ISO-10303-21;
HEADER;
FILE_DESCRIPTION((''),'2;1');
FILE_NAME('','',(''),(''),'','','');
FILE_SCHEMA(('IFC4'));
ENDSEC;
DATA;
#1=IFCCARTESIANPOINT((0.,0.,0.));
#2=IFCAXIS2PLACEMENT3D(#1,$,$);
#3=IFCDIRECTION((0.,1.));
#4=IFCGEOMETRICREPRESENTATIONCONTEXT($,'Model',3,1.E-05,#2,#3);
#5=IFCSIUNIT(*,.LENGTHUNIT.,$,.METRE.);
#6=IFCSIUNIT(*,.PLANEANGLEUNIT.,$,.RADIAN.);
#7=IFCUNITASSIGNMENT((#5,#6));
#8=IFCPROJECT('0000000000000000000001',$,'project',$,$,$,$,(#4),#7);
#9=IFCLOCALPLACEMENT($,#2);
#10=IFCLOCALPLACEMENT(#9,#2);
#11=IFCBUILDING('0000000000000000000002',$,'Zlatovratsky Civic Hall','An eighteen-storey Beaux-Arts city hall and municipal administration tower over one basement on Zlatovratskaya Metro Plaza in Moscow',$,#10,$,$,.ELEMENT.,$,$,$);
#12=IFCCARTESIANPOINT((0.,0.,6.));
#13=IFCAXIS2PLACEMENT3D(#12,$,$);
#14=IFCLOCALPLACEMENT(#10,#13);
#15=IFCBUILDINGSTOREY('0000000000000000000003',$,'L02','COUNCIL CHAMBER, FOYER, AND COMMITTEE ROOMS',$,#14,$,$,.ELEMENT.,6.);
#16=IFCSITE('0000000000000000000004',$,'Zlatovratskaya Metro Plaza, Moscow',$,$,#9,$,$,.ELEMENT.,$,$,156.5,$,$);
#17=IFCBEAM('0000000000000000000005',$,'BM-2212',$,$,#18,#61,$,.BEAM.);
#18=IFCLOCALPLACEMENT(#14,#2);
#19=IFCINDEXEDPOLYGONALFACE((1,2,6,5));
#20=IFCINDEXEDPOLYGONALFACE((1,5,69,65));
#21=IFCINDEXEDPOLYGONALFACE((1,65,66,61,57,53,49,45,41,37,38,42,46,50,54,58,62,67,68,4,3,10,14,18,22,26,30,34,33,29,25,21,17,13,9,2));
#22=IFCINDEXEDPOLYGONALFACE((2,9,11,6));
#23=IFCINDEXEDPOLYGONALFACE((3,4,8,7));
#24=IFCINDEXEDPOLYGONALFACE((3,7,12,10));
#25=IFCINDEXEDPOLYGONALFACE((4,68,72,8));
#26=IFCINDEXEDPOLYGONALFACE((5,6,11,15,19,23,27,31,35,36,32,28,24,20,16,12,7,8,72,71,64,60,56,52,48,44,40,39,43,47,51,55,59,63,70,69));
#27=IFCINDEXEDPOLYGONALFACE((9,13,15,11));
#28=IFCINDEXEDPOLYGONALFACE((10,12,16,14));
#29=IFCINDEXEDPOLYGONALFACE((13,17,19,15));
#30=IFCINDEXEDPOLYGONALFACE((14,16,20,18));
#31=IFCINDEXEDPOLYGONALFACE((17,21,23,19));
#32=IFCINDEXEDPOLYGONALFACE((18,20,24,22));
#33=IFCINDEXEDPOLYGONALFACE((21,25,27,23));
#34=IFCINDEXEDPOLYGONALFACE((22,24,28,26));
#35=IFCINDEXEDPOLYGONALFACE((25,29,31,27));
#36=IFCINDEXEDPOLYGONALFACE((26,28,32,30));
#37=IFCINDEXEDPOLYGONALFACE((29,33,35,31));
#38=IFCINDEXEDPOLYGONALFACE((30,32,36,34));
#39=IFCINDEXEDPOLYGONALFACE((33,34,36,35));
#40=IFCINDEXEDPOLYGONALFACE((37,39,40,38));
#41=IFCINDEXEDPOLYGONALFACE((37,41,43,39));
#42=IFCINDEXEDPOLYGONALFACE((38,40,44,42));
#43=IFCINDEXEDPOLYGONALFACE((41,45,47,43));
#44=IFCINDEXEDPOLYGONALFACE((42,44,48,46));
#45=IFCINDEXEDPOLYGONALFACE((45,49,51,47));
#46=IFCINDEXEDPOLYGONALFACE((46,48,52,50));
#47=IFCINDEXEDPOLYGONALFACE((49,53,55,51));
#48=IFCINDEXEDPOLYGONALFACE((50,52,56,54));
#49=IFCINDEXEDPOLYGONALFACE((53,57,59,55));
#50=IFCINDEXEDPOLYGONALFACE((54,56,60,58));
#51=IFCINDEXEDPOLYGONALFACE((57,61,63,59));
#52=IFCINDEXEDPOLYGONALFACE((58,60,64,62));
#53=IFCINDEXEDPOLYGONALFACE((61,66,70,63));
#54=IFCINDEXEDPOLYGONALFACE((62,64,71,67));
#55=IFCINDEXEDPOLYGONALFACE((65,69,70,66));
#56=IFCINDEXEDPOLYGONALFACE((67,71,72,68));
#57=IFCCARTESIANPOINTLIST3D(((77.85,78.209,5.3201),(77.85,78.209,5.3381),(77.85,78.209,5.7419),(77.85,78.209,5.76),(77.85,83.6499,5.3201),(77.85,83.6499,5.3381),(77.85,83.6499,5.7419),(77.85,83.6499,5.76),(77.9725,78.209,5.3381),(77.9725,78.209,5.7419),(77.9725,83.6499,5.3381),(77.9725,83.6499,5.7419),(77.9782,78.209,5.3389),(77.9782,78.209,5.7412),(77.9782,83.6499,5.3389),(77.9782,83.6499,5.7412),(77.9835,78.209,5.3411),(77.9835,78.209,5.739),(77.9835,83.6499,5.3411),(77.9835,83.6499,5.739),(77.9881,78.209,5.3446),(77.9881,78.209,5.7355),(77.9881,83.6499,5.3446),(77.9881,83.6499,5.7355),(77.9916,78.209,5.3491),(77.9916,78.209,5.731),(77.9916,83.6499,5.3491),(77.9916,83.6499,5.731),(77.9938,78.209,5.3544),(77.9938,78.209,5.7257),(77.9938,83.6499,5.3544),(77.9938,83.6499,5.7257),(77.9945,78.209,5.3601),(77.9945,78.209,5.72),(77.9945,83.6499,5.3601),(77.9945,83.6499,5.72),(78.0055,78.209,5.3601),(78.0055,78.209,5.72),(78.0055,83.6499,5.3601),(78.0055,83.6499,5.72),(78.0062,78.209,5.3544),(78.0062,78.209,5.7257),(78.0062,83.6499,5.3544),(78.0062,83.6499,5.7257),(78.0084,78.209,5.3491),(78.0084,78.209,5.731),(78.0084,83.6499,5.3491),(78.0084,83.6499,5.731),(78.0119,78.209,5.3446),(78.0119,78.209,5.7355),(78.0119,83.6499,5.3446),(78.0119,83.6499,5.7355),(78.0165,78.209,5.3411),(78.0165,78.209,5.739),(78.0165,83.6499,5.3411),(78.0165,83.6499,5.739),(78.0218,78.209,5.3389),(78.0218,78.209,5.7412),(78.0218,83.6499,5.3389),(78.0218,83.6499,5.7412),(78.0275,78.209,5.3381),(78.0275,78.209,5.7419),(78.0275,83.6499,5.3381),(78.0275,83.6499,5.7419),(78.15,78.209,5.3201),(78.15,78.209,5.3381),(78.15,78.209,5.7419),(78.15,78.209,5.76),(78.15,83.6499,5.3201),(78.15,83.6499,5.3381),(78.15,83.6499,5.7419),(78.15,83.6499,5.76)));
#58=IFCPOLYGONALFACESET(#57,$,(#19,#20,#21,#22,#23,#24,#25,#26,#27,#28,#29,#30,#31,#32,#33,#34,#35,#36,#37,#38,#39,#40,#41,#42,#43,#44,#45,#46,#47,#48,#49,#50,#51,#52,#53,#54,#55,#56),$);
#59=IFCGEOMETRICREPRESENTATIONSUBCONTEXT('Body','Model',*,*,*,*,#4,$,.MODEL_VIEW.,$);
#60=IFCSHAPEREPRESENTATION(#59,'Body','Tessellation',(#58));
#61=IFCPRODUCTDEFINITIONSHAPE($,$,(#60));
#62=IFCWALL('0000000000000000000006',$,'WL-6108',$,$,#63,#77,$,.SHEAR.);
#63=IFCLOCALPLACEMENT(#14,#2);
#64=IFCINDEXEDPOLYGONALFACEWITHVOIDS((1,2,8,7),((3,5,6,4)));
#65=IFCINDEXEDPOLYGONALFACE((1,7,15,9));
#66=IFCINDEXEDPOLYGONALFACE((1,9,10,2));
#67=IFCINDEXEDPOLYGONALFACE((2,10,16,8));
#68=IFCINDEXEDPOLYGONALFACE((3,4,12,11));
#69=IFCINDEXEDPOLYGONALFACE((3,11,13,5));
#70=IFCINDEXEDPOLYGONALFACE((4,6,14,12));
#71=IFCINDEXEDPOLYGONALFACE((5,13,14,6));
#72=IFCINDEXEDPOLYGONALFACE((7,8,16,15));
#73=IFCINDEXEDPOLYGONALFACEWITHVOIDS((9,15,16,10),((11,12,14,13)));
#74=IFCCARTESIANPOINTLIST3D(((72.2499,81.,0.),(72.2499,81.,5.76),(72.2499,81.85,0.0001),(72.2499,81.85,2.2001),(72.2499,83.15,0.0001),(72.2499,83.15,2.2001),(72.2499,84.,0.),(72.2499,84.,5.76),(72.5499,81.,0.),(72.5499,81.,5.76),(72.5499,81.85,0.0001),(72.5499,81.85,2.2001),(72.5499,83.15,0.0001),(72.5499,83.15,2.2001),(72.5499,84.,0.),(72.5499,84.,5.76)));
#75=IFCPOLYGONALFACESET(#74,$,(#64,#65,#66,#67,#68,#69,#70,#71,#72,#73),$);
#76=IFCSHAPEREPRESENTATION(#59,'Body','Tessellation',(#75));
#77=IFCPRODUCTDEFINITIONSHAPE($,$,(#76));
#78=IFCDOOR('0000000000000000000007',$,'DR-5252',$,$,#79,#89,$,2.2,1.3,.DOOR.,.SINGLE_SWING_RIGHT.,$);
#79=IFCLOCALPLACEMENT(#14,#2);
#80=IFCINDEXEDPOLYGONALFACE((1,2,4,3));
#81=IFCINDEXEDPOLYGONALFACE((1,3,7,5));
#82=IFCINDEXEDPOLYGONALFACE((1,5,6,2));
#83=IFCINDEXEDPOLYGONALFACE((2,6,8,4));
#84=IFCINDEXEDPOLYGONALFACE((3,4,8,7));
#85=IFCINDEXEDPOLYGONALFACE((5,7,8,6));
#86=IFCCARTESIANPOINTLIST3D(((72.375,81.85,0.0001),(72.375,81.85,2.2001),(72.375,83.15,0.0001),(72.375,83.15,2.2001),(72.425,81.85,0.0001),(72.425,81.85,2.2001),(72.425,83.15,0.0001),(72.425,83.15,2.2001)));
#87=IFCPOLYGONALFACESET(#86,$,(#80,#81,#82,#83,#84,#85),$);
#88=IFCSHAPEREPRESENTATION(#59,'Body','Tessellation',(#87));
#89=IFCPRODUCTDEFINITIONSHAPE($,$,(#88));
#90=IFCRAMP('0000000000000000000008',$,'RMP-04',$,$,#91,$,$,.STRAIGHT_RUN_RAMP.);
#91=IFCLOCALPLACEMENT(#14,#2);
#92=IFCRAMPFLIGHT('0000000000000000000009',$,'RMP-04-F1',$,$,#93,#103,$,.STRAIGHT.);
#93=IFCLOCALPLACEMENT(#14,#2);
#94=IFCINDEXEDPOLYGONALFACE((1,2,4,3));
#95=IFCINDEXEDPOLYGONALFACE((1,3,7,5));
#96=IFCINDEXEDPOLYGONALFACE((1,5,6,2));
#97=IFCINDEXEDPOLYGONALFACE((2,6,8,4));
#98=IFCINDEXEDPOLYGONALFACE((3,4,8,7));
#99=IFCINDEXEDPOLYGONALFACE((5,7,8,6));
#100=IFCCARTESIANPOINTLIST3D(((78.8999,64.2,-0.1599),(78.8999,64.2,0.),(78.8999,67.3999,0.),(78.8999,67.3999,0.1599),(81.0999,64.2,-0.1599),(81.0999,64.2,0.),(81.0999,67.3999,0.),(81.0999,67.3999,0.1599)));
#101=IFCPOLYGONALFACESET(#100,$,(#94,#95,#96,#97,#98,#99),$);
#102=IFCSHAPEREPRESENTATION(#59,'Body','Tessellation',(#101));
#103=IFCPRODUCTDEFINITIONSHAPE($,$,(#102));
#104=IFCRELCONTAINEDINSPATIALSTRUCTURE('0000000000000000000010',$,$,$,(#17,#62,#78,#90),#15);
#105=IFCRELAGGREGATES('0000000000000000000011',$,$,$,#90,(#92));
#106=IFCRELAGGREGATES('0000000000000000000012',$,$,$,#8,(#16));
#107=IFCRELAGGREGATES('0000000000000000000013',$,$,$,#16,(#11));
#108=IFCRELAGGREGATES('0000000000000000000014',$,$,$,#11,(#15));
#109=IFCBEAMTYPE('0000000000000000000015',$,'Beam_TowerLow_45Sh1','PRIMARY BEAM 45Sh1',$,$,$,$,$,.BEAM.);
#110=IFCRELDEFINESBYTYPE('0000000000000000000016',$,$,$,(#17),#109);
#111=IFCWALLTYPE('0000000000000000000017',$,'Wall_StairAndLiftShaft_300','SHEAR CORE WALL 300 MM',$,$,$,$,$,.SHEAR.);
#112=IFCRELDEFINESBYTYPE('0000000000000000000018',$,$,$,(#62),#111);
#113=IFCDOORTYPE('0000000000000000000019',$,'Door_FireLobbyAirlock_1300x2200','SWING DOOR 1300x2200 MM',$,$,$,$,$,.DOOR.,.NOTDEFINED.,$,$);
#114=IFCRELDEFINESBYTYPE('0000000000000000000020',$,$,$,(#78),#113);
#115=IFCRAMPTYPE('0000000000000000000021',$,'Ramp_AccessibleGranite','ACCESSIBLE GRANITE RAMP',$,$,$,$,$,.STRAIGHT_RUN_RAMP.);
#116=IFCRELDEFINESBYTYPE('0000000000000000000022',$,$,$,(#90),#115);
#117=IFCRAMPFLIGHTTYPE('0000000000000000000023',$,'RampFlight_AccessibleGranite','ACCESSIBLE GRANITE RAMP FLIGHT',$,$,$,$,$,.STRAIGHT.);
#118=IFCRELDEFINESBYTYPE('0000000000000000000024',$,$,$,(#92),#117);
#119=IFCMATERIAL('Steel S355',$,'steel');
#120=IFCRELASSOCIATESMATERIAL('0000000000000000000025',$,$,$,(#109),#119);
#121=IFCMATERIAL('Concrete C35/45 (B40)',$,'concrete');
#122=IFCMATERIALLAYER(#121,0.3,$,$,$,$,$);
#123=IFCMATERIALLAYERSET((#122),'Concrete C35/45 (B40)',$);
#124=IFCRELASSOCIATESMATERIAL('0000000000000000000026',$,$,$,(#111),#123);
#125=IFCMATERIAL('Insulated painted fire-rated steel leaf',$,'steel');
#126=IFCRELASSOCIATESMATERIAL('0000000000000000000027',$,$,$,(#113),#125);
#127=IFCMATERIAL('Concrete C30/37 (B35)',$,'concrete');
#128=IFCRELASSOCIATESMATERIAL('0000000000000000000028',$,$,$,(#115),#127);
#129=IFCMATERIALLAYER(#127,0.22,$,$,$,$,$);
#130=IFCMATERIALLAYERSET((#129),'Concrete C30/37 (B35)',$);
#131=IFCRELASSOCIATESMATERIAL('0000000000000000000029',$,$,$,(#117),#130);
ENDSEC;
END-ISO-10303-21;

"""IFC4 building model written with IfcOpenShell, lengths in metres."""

from ifc_helpers import new_model, si_unit, direction, frame, frame_2d, origin, origin_2d, place, context, subcontext, project, spatial, polyline, rectangle, i_section, outline, extrude, material, layer, layer_set, material_profile, profile_set, type_object, element, fill, aggregate, save


model = new_model("IFC4")

# Units and contexts
model_context = context("Model", 3, precision=1e-05, world=origin(), true_north=direction((0.0, 1.0)))
body_context = subcontext(model_context, "Body", "Model", "MODEL_VIEW")
ifc_project = project(units=[si_unit("LENGTHUNIT", "METRE"), si_unit("PLANEANGLEUNIT", "RADIAN")], contexts=[model_context])

# Site, building, storey
site_placement = place(None, origin())
site = spatial("IfcSite", under=ifc_project, at=site_placement, Name="Zlatovratskaya Metro Plaza, Moscow", CompositionType="ELEMENT", RefElevation=156.5)
building_placement = place(site_placement, origin())
building = spatial("IfcBuilding", under=site, at=building_placement, Name="Zlatovratsky Civic Hall", Description="An eighteen-storey Beaux-Arts city hall and municipal administration tower over one basement on Zlatovratskaya Metro Plaza in Moscow", CompositionType="ELEMENT")
storey_placement = place(building_placement, frame((0.0, 0.0, 6.0)))
storey = spatial("IfcBuildingStorey", under=building, at=storey_placement, Name="L02", Description="COUNCIL CHAMBER, FOYER, AND COMMITTEE ROOMS", CompositionType="ELEMENT", Elevation=6.0)

# Shared definitions
ifc_material_1 = material(Name="Concrete C35/45 (B40)", Category="concrete")
ifc_material_2 = material(Name="Steel S355", Category="steel")

# Beam
ifc_material_profile_1 = material_profile(ifc_material_2, i_section(OverallWidth=0.3, OverallDepth=0.4399, WebThickness=0.011, FlangeThickness=0.0181, FilletRadius=0.022, at=origin_2d()), Name="45Sh1")
ifc_profile_set_1 = profile_set([ifc_material_profile_1], Name="Steel S355")
beam_type = type_object("IfcBeamType", Name="Beam_TowerLow_45Sh1", Description="PRIMARY BEAM 45Sh1", PredefinedType="BEAM", material=ifc_profile_set_1)
beam_1_placement = place(storey_placement, frame((78.0, 78.209, 5.54), z_axis=(0.0, 1.0, 0.0), x_axis=(-1.0, 0.0, 0.0)))
element("IfcBeam", 1, at=beam_1_placement, inside=storey, type_object=beam_type, Name="BM-2212", PredefinedType="BEAM", context=body_context, shape_type="SweptSolid", body=[
    extrude(i_section(OverallWidth=0.3, OverallDepth=0.4399, WebThickness=0.011, FlangeThickness=0.0181, FilletRadius=0.022, at=origin_2d()), origin(), (0.0, 0.0, 1.0), 5.4409),
])

# Wall, opening, door
ifc_layer_1 = layer(ifc_material_1, 0.3)
ifc_layer_set_1 = layer_set([ifc_layer_1], Name="Concrete C35/45 (B40)")
wall_type = type_object("IfcWallType", Name="Wall_StairAndLiftShaft_300", Description="SHEAR CORE WALL 300 MM", PredefinedType="SHEAR", material=ifc_layer_set_1)
wall_placement = place(storey_placement, frame((72.3999, 81.0, 0.0), z_axis=(0.0, 0.0, 1.0), x_axis=(0.0, 1.0, 0.0)))
wall = element("IfcWall", 2, at=wall_placement, inside=storey, type_object=wall_type, Name="WL-6108", PredefinedType="SHEAR", context=body_context, shape_type="SweptSolid", body=[
    extrude(rectangle(XDim=3.0, YDim=0.3, at=frame_2d((1.5, 0.0))), origin(), (0.0, 0.0, 1.0), 5.76),
])
opening_placement = place(wall_placement, frame((0.8501, 0.0, 0.0)))
opening = element("IfcOpeningElement", 3, at=opening_placement, cuts=wall, PredefinedType="OPENING", context=body_context, shape_type="SweptSolid", body=[
    extrude(rectangle(XDim=1.3, YDim=2.2, at=frame_2d((0.6499, 1.1001))), frame((0.0, 0.165, 0.0), z_axis=(0.0, -1.0, 0.0), x_axis=(1.0, 0.0, 0.0)), (0.0, 0.0, 1.0), 0.3298),
])
ifc_material_3 = material(Name="Insulated painted fire-rated steel leaf", Category="steel")
door_type = type_object("IfcDoorType", Name="Door_FireLobbyAirlock_1300x2200", Description="SWING DOOR 1300x2200 MM", OperationType="NOTDEFINED", PredefinedType="DOOR", material=ifc_material_3)
door_placement = place(opening_placement, origin())
door = element("IfcDoor", 4, at=door_placement, inside=storey, type_object=door_type, Name="DR-5252", OperationType="SINGLE_SWING_RIGHT", OverallHeight=2.2, OverallWidth=1.3, PredefinedType="DOOR", context=body_context, shape_type="SweptSolid", body=[
    extrude(rectangle(XDim=1.3, YDim=2.2, at=frame_2d((0.6499, 1.1001))), frame((0.0, 0.0249, 0.0), z_axis=(0.0, -1.0, 0.0), x_axis=(1.0, 0.0, 0.0)), (0.0, 0.0, 1.0), 0.05),
])
fill(opening, door)

# Ramp, ramp flight
ifc_material_4 = material(Name="Concrete C30/37 (B35)", Category="concrete")
ramp_type = type_object("IfcRampType", Name="Ramp_AccessibleGranite", Description="ACCESSIBLE GRANITE RAMP", PredefinedType="STRAIGHT_RUN_RAMP", material=ifc_material_4)
ramp_placement = place(storey_placement, origin())
ramp = element("IfcRamp", 5, at=ramp_placement, inside=storey, type_object=ramp_type, Name="RMP-04", PredefinedType="STRAIGHT_RUN_RAMP")
ifc_layer_2 = layer(ifc_material_4, 0.22)
ifc_layer_set_2 = layer_set([ifc_layer_2], Name="Concrete C30/37 (B35)")
ramp_flight_type = type_object("IfcRampFlightType", Name="RampFlight_AccessibleGranite", Description="ACCESSIBLE GRANITE RAMP FLIGHT", PredefinedType="STRAIGHT", material=ifc_layer_set_2)
ramp_flight_placement = place(storey_placement, frame((80.0, 64.2, 0.0), z_axis=(0.0, 0.0, 1.0), x_axis=(0.0, 1.0, 0.0)))
ramp_flight = element("IfcRampFlight", 6, at=ramp_flight_placement, type_object=ramp_flight_type, Name="RMP-04-F1", PredefinedType="STRAIGHT", context=body_context, shape_type="SweptSolid", body=[
    extrude(outline(polyline([(0.0, 0.0), (3.2, 0.1599), (3.2, 0.0), (0.0, -0.1599), (0.0, 0.0)])), frame((0.0, 1.1001, 0.0), z_axis=(0.0, -1.0, 0.0), x_axis=(1.0, 0.0, 0.0)), (0.0, 0.0, 1.0), 2.2),
])
aggregate(ramp, [ramp_flight])

save(model, "model.ifc")
